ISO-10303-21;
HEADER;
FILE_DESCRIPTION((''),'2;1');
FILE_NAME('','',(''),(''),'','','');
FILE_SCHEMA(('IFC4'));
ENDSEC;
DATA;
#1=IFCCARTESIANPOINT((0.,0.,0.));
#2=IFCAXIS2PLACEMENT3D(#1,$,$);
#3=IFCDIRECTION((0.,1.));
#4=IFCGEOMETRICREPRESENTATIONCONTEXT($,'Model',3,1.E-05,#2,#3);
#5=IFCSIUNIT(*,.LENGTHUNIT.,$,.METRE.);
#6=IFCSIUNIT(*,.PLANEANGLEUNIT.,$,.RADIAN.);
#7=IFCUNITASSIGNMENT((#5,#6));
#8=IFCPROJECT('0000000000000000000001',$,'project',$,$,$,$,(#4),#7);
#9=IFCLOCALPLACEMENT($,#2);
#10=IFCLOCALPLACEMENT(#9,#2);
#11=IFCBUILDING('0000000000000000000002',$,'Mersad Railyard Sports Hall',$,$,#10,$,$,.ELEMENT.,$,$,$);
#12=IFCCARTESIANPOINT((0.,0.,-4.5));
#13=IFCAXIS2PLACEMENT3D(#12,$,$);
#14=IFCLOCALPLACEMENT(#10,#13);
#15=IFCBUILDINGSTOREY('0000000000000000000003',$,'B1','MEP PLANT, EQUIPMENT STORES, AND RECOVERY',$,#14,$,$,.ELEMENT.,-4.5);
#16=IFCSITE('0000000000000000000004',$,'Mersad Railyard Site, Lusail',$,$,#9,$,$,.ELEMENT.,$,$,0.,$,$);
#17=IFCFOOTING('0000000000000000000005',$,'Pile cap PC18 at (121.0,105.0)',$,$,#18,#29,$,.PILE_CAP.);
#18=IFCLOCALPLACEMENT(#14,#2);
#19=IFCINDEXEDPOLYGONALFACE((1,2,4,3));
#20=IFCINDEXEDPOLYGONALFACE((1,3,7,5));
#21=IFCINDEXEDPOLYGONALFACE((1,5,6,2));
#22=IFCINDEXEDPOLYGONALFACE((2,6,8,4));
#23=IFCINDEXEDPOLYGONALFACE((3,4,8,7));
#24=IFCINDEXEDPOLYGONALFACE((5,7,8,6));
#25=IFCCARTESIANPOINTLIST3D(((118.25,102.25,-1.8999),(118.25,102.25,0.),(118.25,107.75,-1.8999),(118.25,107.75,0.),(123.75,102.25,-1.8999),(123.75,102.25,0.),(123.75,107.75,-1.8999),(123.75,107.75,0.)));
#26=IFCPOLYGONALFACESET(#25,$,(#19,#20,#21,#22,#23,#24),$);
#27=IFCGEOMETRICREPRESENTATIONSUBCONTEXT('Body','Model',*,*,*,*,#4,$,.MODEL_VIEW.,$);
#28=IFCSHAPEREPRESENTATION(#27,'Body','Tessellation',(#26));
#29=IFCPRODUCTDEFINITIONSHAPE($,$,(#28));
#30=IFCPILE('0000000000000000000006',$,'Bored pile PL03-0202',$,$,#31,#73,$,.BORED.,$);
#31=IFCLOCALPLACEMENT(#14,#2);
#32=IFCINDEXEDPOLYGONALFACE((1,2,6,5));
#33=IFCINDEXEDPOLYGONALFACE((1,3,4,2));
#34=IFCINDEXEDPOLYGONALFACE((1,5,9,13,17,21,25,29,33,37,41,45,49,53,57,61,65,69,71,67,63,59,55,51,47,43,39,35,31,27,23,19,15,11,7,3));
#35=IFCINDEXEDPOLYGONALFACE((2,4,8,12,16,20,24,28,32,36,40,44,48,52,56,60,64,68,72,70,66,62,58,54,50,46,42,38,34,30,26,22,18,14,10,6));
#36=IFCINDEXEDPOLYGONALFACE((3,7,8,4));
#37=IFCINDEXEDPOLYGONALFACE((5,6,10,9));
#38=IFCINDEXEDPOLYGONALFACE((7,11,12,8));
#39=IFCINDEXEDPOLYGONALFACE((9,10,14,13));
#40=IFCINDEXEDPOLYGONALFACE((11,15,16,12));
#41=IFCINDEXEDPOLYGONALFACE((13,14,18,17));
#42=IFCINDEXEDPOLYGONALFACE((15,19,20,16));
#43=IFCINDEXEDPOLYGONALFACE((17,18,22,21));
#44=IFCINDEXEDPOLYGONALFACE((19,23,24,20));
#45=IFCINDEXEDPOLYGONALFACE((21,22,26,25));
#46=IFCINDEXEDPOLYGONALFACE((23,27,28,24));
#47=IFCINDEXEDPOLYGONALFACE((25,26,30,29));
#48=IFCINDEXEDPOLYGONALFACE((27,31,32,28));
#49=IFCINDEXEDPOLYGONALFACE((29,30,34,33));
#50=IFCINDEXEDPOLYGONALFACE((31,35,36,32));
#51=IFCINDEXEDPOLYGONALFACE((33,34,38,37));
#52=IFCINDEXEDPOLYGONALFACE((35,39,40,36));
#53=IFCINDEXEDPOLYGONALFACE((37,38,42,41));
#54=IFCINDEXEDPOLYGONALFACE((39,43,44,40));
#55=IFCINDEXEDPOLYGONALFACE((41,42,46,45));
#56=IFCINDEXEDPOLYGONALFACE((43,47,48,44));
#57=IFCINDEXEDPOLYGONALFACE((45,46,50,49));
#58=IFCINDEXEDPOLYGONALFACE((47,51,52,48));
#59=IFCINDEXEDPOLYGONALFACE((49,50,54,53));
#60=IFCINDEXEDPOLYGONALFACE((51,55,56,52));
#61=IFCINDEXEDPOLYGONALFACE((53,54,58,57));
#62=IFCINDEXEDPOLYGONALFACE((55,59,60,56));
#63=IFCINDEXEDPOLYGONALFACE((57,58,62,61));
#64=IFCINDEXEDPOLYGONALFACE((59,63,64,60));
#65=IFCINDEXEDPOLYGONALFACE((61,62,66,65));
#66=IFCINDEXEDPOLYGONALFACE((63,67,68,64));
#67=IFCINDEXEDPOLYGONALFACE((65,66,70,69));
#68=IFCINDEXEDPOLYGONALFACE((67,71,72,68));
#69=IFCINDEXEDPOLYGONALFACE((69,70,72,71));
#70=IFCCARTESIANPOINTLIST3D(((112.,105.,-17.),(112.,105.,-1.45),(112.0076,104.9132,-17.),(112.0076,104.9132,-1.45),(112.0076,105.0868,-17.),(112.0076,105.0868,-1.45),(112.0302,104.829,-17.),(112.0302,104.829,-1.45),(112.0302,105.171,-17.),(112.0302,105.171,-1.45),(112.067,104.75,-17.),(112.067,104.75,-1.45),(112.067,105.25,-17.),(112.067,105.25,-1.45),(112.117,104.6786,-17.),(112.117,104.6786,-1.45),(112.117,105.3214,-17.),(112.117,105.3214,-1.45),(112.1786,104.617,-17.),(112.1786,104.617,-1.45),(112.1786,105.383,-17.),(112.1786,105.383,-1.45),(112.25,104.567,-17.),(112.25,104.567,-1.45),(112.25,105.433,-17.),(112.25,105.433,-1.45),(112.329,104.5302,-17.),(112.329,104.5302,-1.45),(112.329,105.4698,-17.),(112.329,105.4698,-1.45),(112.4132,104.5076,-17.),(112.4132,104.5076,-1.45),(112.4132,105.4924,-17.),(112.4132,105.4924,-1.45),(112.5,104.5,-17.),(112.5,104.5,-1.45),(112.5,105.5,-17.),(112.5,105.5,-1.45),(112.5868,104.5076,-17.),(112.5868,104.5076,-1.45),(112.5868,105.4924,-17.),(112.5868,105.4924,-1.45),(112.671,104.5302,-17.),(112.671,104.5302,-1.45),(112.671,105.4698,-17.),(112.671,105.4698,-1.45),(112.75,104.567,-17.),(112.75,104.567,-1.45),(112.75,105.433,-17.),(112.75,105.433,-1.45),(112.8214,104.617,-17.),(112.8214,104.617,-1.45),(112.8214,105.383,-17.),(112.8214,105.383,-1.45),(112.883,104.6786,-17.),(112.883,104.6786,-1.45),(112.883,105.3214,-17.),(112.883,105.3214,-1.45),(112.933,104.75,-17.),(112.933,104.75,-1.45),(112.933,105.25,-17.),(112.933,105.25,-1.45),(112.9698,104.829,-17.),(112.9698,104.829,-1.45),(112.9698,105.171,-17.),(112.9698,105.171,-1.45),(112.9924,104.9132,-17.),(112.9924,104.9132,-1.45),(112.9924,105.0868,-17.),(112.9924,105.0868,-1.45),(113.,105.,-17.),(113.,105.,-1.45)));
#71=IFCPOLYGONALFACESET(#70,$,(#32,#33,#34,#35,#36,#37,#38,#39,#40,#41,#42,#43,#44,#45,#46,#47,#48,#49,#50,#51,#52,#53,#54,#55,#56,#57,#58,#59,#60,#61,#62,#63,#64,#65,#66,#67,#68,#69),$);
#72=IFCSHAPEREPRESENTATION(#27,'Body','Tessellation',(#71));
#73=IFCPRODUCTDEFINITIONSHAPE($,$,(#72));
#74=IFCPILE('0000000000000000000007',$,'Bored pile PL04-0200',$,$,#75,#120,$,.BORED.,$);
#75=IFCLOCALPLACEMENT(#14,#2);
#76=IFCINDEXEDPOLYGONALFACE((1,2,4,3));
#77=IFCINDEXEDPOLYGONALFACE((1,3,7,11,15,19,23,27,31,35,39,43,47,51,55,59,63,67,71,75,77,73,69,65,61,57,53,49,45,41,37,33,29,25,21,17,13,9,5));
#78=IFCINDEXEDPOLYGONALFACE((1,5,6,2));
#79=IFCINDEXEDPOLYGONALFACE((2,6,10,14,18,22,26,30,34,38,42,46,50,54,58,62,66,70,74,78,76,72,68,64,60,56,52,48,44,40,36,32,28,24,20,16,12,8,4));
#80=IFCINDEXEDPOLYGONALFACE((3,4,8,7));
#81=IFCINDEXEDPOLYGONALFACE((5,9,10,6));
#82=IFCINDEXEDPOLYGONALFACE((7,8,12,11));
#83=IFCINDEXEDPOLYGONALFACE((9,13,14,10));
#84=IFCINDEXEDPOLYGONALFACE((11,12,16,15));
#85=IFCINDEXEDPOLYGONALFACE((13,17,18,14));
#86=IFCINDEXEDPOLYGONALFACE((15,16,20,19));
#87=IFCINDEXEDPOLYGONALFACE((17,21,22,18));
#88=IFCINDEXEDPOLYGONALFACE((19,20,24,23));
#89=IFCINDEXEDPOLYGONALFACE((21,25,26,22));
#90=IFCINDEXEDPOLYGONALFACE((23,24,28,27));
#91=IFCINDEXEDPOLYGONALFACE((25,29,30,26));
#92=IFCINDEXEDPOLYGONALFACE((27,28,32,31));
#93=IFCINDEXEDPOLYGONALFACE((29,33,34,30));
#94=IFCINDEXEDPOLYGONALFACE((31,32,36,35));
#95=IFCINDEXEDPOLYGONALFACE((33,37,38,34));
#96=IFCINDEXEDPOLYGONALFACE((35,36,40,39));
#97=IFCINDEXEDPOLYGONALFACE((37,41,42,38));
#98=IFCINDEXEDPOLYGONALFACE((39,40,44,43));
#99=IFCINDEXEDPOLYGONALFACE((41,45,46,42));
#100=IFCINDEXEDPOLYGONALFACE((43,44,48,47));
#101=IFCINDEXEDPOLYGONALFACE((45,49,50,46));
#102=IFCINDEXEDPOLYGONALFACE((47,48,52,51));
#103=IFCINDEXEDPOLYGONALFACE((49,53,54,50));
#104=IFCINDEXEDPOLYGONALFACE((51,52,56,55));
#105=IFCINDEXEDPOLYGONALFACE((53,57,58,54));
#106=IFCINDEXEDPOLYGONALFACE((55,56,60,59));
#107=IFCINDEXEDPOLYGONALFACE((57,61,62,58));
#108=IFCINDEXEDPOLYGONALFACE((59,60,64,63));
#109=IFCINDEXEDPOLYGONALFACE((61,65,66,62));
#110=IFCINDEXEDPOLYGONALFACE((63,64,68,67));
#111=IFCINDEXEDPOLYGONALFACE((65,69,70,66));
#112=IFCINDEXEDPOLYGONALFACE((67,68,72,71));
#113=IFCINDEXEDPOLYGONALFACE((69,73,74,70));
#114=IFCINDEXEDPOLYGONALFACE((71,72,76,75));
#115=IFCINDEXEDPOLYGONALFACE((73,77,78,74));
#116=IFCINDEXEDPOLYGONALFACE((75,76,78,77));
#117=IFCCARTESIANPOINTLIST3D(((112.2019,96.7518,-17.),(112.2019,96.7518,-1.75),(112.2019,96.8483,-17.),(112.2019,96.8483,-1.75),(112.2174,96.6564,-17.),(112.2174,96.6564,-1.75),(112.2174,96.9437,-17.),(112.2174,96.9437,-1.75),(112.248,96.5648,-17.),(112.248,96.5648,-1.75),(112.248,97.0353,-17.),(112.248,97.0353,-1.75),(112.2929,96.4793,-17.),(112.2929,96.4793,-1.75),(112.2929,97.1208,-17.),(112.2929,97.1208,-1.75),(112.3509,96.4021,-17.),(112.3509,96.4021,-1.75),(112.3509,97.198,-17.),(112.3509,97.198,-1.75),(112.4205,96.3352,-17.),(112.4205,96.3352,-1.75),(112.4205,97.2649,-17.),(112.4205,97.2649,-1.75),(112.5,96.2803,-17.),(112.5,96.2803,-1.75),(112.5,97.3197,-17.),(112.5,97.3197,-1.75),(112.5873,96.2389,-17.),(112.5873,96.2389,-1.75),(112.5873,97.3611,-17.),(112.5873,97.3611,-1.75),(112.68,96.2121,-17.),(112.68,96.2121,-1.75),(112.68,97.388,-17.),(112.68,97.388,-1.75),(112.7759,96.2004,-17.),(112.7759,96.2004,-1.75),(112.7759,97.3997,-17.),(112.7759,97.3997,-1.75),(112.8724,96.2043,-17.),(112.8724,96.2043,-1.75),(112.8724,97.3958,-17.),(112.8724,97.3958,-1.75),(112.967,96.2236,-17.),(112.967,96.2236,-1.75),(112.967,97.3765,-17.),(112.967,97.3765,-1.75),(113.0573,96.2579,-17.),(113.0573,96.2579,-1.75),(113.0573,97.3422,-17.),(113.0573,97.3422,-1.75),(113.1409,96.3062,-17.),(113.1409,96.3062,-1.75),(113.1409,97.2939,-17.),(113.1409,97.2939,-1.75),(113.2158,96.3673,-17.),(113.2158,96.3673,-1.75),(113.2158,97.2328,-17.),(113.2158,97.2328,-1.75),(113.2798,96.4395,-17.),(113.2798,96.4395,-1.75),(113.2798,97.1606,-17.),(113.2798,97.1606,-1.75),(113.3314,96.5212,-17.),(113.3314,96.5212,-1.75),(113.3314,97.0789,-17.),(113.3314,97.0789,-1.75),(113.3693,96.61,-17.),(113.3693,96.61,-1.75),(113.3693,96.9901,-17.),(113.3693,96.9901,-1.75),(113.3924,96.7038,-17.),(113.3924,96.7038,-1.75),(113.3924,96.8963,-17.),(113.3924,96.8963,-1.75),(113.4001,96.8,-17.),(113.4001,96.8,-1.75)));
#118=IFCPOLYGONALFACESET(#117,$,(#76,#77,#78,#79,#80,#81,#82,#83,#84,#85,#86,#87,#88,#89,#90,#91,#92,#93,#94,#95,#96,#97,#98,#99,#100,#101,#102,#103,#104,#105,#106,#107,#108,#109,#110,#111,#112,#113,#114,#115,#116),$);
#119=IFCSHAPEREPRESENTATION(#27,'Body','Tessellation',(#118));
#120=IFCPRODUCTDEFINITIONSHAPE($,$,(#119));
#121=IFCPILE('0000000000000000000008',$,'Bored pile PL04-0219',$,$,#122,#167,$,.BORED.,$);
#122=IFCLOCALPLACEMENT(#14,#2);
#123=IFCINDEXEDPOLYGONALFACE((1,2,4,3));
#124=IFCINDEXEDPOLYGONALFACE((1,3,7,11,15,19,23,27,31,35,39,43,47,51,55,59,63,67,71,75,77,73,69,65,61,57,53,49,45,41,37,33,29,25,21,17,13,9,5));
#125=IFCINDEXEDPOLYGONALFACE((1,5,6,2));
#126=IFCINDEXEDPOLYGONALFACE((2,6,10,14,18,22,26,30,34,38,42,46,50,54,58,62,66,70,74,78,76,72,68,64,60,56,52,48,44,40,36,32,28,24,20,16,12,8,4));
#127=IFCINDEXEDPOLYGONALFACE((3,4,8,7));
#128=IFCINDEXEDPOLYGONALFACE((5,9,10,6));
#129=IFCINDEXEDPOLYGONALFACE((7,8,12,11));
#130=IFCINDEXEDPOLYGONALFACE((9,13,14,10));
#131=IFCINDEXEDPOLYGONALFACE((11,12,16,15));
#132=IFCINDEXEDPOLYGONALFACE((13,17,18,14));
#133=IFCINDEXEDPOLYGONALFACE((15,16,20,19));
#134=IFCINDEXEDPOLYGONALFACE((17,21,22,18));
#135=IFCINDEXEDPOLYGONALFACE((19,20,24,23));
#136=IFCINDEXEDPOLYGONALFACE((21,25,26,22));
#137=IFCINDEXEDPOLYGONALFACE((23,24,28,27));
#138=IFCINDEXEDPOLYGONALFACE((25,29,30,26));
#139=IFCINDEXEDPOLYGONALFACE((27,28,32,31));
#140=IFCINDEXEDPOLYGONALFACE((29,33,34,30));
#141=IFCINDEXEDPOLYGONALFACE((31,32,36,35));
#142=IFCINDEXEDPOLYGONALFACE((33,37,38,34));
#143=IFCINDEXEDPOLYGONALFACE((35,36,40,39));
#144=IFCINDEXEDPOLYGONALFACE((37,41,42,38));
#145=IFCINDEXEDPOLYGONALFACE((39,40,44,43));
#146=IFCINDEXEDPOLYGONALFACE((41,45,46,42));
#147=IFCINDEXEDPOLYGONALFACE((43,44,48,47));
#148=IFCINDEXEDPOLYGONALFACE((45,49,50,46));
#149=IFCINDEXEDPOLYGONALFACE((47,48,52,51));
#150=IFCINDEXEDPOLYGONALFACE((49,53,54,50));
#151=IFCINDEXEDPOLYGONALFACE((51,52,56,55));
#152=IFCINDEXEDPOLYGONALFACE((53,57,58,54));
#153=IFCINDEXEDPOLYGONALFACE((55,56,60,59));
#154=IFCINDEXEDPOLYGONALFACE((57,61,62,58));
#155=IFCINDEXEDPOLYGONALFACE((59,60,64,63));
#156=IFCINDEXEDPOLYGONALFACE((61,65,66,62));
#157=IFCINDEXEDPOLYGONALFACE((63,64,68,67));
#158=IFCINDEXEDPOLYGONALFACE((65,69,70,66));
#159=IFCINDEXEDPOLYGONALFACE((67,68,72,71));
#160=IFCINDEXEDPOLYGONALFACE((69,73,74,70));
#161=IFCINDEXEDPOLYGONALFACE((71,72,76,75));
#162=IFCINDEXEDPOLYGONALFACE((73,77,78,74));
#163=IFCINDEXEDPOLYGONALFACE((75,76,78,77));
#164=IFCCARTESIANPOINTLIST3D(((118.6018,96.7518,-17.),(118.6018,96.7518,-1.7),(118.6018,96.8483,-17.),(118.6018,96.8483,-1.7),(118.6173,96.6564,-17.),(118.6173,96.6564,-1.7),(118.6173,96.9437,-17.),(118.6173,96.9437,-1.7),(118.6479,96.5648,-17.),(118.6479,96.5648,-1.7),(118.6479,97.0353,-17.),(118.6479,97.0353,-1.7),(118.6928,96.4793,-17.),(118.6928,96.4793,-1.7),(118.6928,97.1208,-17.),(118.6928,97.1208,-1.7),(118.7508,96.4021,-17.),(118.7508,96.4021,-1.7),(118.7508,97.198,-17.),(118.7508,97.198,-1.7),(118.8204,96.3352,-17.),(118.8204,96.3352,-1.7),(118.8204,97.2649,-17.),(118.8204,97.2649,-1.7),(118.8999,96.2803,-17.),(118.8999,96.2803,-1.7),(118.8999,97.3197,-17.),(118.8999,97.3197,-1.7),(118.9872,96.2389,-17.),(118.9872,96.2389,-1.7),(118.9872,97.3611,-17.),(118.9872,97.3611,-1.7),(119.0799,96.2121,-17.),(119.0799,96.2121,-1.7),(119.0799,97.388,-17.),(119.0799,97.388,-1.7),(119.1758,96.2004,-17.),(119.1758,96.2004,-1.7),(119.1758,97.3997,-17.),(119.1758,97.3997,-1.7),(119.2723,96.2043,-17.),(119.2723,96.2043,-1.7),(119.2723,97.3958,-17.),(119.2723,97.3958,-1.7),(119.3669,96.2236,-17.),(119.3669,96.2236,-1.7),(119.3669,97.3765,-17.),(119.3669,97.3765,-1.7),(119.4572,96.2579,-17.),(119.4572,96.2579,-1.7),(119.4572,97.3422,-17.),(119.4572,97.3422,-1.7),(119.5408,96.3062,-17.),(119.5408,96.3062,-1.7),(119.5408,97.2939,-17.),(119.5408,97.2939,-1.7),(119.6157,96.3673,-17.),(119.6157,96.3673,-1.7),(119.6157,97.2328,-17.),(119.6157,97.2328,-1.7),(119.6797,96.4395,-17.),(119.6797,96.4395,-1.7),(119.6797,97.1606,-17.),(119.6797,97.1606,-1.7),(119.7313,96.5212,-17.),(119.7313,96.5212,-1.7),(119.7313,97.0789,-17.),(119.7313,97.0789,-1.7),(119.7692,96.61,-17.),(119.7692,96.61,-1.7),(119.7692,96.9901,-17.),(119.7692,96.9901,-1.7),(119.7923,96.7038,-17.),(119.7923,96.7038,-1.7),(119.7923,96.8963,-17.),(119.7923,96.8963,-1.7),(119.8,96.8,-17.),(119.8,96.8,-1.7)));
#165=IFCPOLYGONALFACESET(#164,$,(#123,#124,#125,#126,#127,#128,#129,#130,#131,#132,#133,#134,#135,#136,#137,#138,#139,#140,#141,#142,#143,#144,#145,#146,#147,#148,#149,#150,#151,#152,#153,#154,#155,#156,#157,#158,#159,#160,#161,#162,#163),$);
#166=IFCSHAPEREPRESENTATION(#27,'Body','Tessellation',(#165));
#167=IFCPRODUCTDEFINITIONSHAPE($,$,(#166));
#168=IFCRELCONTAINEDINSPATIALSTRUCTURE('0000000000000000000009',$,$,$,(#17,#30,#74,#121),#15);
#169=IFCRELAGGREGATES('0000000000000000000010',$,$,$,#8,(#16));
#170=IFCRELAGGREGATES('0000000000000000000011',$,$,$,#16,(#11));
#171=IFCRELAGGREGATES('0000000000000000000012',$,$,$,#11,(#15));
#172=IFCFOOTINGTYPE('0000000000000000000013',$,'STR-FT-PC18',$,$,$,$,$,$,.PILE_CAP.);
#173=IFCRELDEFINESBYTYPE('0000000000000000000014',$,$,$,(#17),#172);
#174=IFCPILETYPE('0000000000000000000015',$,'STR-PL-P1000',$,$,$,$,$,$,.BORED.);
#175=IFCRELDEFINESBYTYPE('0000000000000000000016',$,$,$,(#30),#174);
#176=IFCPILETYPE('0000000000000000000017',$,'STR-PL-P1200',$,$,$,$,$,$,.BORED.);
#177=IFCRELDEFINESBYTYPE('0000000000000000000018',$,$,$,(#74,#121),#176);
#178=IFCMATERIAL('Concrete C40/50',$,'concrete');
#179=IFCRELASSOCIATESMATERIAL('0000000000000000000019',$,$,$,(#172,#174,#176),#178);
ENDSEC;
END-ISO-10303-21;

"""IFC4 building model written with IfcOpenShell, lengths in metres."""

from ifc_helpers import new_model, si_unit, direction, frame, origin, origin_2d, place, context, subcontext, project, spatial, rectangle, circle, extrude, material, material_profile, profile_set, type_object, element, save


model = new_model("IFC4")

# Units and contexts
model_context = context("Model", 3, precision=1e-05, world=origin(), true_north=direction((0.0, 1.0)))
body_context = subcontext(model_context, "Body", "Model", "MODEL_VIEW")
ifc_project = project(units=[si_unit("LENGTHUNIT", "METRE"), si_unit("PLANEANGLEUNIT", "RADIAN")], contexts=[model_context])

# Site, building, storey
site_placement = place(None, origin())
site = spatial("IfcSite", under=ifc_project, at=site_placement, Name="Mersad Railyard Site, Lusail", CompositionType="ELEMENT", RefElevation=0.0)
building_placement = place(site_placement, origin())
building = spatial("IfcBuilding", under=site, at=building_placement, Name="Mersad Railyard Sports Hall", CompositionType="ELEMENT")
storey_placement = place(building_placement, frame((0.0, 0.0, -4.5)))
storey = spatial("IfcBuildingStorey", under=building, at=storey_placement, Name="B1", Description="MEP PLANT, EQUIPMENT STORES, AND RECOVERY", CompositionType="ELEMENT", Elevation=-4.5)

# Footing
ifc_material_1 = material(Name="Concrete C40/50", Category="concrete")
footing_type = type_object("IfcFootingType", Name="STR-FT-PC18", PredefinedType="PILE_CAP", material=ifc_material_1)
footing_placement = place(storey_placement, frame((121.0, 105.0, -1.8999), z_axis=(0.0, 0.0, 1.0), x_axis=(1.0, 0.0, 0.0)))
element("IfcFooting", 1, at=footing_placement, inside=storey, type_object=footing_type, Name="Pile cap PC18 at (121.0,105.0)", PredefinedType="PILE_CAP", context=body_context, shape_type="SweptSolid", body=[
    extrude(rectangle(XDim=5.5, YDim=5.5, at=origin_2d()), origin(), (0.0, 0.0, 1.0), 1.8999),
])

# Piles
ifc_material_profile_1 = material_profile(ifc_material_1, circle(Radius=0.5, at=origin_2d()), Name="BORED PILE D1000")
ifc_profile_set_1 = profile_set([ifc_material_profile_1], Name="Concrete C40/50")
pile_type_1 = type_object("IfcPileType", Name="STR-PL-P1000", PredefinedType="BORED", material=ifc_profile_set_1)
pile_1_placement = place(storey_placement, frame((112.5, 105.0, -1.45), z_axis=(0.0, 0.0, -1.0), x_axis=(1.0, 0.0, 0.0)))
element("IfcPile", 2, at=pile_1_placement, inside=storey, type_object=pile_type_1, Name="Bored pile PL03-0202", PredefinedType="BORED", context=body_context, shape_type="SweptSolid", body=[
    extrude(circle(Radius=0.5, at=origin_2d()), origin(), (0.0, 0.0, 1.0), 15.55),
])
ifc_material_profile_2 = material_profile(ifc_material_1, circle(Radius=0.6001, at=origin_2d()), Name="BORED PILE D1200")
ifc_profile_set_2 = profile_set([ifc_material_profile_2], Name="Concrete C40/50")
pile_type_2 = type_object("IfcPileType", Name="STR-PL-P1200", PredefinedType="BORED", material=ifc_profile_set_2)
pile_2_placement = place(storey_placement, frame((112.8, 96.8, -1.75), z_axis=(0.0, 0.0, -1.0), x_axis=(1.0, 0.0, 0.0)))
element("IfcPile", 3, at=pile_2_placement, inside=storey, type_object=pile_type_2, Name="Bored pile PL04-0200", PredefinedType="BORED", context=body_context, shape_type="SweptSolid", body=[
    extrude(circle(Radius=0.6001, at=origin_2d()), origin(), (0.0, 0.0, 1.0), 15.25),
])
for number, where, z_axis, x_axis, name in (
    (4, (119.2, 96.8, -1.7), (0.0, 0.0, -1.0), (1.0, 0.0, 0.0), "Bored pile PL04-0219"),
):
    element("IfcPile", number, at=place(storey_placement, frame(where, z_axis=z_axis, x_axis=x_axis)), inside=storey, type_object=pile_type_2, Name=name, PredefinedType="BORED", context=body_context, shape_type="SweptSolid", body=[
        extrude(circle(Radius=0.6001, at=origin_2d()), origin(), (0.0, 0.0, 1.0), 15.3),
    ])

save(model, "model.ifc")
